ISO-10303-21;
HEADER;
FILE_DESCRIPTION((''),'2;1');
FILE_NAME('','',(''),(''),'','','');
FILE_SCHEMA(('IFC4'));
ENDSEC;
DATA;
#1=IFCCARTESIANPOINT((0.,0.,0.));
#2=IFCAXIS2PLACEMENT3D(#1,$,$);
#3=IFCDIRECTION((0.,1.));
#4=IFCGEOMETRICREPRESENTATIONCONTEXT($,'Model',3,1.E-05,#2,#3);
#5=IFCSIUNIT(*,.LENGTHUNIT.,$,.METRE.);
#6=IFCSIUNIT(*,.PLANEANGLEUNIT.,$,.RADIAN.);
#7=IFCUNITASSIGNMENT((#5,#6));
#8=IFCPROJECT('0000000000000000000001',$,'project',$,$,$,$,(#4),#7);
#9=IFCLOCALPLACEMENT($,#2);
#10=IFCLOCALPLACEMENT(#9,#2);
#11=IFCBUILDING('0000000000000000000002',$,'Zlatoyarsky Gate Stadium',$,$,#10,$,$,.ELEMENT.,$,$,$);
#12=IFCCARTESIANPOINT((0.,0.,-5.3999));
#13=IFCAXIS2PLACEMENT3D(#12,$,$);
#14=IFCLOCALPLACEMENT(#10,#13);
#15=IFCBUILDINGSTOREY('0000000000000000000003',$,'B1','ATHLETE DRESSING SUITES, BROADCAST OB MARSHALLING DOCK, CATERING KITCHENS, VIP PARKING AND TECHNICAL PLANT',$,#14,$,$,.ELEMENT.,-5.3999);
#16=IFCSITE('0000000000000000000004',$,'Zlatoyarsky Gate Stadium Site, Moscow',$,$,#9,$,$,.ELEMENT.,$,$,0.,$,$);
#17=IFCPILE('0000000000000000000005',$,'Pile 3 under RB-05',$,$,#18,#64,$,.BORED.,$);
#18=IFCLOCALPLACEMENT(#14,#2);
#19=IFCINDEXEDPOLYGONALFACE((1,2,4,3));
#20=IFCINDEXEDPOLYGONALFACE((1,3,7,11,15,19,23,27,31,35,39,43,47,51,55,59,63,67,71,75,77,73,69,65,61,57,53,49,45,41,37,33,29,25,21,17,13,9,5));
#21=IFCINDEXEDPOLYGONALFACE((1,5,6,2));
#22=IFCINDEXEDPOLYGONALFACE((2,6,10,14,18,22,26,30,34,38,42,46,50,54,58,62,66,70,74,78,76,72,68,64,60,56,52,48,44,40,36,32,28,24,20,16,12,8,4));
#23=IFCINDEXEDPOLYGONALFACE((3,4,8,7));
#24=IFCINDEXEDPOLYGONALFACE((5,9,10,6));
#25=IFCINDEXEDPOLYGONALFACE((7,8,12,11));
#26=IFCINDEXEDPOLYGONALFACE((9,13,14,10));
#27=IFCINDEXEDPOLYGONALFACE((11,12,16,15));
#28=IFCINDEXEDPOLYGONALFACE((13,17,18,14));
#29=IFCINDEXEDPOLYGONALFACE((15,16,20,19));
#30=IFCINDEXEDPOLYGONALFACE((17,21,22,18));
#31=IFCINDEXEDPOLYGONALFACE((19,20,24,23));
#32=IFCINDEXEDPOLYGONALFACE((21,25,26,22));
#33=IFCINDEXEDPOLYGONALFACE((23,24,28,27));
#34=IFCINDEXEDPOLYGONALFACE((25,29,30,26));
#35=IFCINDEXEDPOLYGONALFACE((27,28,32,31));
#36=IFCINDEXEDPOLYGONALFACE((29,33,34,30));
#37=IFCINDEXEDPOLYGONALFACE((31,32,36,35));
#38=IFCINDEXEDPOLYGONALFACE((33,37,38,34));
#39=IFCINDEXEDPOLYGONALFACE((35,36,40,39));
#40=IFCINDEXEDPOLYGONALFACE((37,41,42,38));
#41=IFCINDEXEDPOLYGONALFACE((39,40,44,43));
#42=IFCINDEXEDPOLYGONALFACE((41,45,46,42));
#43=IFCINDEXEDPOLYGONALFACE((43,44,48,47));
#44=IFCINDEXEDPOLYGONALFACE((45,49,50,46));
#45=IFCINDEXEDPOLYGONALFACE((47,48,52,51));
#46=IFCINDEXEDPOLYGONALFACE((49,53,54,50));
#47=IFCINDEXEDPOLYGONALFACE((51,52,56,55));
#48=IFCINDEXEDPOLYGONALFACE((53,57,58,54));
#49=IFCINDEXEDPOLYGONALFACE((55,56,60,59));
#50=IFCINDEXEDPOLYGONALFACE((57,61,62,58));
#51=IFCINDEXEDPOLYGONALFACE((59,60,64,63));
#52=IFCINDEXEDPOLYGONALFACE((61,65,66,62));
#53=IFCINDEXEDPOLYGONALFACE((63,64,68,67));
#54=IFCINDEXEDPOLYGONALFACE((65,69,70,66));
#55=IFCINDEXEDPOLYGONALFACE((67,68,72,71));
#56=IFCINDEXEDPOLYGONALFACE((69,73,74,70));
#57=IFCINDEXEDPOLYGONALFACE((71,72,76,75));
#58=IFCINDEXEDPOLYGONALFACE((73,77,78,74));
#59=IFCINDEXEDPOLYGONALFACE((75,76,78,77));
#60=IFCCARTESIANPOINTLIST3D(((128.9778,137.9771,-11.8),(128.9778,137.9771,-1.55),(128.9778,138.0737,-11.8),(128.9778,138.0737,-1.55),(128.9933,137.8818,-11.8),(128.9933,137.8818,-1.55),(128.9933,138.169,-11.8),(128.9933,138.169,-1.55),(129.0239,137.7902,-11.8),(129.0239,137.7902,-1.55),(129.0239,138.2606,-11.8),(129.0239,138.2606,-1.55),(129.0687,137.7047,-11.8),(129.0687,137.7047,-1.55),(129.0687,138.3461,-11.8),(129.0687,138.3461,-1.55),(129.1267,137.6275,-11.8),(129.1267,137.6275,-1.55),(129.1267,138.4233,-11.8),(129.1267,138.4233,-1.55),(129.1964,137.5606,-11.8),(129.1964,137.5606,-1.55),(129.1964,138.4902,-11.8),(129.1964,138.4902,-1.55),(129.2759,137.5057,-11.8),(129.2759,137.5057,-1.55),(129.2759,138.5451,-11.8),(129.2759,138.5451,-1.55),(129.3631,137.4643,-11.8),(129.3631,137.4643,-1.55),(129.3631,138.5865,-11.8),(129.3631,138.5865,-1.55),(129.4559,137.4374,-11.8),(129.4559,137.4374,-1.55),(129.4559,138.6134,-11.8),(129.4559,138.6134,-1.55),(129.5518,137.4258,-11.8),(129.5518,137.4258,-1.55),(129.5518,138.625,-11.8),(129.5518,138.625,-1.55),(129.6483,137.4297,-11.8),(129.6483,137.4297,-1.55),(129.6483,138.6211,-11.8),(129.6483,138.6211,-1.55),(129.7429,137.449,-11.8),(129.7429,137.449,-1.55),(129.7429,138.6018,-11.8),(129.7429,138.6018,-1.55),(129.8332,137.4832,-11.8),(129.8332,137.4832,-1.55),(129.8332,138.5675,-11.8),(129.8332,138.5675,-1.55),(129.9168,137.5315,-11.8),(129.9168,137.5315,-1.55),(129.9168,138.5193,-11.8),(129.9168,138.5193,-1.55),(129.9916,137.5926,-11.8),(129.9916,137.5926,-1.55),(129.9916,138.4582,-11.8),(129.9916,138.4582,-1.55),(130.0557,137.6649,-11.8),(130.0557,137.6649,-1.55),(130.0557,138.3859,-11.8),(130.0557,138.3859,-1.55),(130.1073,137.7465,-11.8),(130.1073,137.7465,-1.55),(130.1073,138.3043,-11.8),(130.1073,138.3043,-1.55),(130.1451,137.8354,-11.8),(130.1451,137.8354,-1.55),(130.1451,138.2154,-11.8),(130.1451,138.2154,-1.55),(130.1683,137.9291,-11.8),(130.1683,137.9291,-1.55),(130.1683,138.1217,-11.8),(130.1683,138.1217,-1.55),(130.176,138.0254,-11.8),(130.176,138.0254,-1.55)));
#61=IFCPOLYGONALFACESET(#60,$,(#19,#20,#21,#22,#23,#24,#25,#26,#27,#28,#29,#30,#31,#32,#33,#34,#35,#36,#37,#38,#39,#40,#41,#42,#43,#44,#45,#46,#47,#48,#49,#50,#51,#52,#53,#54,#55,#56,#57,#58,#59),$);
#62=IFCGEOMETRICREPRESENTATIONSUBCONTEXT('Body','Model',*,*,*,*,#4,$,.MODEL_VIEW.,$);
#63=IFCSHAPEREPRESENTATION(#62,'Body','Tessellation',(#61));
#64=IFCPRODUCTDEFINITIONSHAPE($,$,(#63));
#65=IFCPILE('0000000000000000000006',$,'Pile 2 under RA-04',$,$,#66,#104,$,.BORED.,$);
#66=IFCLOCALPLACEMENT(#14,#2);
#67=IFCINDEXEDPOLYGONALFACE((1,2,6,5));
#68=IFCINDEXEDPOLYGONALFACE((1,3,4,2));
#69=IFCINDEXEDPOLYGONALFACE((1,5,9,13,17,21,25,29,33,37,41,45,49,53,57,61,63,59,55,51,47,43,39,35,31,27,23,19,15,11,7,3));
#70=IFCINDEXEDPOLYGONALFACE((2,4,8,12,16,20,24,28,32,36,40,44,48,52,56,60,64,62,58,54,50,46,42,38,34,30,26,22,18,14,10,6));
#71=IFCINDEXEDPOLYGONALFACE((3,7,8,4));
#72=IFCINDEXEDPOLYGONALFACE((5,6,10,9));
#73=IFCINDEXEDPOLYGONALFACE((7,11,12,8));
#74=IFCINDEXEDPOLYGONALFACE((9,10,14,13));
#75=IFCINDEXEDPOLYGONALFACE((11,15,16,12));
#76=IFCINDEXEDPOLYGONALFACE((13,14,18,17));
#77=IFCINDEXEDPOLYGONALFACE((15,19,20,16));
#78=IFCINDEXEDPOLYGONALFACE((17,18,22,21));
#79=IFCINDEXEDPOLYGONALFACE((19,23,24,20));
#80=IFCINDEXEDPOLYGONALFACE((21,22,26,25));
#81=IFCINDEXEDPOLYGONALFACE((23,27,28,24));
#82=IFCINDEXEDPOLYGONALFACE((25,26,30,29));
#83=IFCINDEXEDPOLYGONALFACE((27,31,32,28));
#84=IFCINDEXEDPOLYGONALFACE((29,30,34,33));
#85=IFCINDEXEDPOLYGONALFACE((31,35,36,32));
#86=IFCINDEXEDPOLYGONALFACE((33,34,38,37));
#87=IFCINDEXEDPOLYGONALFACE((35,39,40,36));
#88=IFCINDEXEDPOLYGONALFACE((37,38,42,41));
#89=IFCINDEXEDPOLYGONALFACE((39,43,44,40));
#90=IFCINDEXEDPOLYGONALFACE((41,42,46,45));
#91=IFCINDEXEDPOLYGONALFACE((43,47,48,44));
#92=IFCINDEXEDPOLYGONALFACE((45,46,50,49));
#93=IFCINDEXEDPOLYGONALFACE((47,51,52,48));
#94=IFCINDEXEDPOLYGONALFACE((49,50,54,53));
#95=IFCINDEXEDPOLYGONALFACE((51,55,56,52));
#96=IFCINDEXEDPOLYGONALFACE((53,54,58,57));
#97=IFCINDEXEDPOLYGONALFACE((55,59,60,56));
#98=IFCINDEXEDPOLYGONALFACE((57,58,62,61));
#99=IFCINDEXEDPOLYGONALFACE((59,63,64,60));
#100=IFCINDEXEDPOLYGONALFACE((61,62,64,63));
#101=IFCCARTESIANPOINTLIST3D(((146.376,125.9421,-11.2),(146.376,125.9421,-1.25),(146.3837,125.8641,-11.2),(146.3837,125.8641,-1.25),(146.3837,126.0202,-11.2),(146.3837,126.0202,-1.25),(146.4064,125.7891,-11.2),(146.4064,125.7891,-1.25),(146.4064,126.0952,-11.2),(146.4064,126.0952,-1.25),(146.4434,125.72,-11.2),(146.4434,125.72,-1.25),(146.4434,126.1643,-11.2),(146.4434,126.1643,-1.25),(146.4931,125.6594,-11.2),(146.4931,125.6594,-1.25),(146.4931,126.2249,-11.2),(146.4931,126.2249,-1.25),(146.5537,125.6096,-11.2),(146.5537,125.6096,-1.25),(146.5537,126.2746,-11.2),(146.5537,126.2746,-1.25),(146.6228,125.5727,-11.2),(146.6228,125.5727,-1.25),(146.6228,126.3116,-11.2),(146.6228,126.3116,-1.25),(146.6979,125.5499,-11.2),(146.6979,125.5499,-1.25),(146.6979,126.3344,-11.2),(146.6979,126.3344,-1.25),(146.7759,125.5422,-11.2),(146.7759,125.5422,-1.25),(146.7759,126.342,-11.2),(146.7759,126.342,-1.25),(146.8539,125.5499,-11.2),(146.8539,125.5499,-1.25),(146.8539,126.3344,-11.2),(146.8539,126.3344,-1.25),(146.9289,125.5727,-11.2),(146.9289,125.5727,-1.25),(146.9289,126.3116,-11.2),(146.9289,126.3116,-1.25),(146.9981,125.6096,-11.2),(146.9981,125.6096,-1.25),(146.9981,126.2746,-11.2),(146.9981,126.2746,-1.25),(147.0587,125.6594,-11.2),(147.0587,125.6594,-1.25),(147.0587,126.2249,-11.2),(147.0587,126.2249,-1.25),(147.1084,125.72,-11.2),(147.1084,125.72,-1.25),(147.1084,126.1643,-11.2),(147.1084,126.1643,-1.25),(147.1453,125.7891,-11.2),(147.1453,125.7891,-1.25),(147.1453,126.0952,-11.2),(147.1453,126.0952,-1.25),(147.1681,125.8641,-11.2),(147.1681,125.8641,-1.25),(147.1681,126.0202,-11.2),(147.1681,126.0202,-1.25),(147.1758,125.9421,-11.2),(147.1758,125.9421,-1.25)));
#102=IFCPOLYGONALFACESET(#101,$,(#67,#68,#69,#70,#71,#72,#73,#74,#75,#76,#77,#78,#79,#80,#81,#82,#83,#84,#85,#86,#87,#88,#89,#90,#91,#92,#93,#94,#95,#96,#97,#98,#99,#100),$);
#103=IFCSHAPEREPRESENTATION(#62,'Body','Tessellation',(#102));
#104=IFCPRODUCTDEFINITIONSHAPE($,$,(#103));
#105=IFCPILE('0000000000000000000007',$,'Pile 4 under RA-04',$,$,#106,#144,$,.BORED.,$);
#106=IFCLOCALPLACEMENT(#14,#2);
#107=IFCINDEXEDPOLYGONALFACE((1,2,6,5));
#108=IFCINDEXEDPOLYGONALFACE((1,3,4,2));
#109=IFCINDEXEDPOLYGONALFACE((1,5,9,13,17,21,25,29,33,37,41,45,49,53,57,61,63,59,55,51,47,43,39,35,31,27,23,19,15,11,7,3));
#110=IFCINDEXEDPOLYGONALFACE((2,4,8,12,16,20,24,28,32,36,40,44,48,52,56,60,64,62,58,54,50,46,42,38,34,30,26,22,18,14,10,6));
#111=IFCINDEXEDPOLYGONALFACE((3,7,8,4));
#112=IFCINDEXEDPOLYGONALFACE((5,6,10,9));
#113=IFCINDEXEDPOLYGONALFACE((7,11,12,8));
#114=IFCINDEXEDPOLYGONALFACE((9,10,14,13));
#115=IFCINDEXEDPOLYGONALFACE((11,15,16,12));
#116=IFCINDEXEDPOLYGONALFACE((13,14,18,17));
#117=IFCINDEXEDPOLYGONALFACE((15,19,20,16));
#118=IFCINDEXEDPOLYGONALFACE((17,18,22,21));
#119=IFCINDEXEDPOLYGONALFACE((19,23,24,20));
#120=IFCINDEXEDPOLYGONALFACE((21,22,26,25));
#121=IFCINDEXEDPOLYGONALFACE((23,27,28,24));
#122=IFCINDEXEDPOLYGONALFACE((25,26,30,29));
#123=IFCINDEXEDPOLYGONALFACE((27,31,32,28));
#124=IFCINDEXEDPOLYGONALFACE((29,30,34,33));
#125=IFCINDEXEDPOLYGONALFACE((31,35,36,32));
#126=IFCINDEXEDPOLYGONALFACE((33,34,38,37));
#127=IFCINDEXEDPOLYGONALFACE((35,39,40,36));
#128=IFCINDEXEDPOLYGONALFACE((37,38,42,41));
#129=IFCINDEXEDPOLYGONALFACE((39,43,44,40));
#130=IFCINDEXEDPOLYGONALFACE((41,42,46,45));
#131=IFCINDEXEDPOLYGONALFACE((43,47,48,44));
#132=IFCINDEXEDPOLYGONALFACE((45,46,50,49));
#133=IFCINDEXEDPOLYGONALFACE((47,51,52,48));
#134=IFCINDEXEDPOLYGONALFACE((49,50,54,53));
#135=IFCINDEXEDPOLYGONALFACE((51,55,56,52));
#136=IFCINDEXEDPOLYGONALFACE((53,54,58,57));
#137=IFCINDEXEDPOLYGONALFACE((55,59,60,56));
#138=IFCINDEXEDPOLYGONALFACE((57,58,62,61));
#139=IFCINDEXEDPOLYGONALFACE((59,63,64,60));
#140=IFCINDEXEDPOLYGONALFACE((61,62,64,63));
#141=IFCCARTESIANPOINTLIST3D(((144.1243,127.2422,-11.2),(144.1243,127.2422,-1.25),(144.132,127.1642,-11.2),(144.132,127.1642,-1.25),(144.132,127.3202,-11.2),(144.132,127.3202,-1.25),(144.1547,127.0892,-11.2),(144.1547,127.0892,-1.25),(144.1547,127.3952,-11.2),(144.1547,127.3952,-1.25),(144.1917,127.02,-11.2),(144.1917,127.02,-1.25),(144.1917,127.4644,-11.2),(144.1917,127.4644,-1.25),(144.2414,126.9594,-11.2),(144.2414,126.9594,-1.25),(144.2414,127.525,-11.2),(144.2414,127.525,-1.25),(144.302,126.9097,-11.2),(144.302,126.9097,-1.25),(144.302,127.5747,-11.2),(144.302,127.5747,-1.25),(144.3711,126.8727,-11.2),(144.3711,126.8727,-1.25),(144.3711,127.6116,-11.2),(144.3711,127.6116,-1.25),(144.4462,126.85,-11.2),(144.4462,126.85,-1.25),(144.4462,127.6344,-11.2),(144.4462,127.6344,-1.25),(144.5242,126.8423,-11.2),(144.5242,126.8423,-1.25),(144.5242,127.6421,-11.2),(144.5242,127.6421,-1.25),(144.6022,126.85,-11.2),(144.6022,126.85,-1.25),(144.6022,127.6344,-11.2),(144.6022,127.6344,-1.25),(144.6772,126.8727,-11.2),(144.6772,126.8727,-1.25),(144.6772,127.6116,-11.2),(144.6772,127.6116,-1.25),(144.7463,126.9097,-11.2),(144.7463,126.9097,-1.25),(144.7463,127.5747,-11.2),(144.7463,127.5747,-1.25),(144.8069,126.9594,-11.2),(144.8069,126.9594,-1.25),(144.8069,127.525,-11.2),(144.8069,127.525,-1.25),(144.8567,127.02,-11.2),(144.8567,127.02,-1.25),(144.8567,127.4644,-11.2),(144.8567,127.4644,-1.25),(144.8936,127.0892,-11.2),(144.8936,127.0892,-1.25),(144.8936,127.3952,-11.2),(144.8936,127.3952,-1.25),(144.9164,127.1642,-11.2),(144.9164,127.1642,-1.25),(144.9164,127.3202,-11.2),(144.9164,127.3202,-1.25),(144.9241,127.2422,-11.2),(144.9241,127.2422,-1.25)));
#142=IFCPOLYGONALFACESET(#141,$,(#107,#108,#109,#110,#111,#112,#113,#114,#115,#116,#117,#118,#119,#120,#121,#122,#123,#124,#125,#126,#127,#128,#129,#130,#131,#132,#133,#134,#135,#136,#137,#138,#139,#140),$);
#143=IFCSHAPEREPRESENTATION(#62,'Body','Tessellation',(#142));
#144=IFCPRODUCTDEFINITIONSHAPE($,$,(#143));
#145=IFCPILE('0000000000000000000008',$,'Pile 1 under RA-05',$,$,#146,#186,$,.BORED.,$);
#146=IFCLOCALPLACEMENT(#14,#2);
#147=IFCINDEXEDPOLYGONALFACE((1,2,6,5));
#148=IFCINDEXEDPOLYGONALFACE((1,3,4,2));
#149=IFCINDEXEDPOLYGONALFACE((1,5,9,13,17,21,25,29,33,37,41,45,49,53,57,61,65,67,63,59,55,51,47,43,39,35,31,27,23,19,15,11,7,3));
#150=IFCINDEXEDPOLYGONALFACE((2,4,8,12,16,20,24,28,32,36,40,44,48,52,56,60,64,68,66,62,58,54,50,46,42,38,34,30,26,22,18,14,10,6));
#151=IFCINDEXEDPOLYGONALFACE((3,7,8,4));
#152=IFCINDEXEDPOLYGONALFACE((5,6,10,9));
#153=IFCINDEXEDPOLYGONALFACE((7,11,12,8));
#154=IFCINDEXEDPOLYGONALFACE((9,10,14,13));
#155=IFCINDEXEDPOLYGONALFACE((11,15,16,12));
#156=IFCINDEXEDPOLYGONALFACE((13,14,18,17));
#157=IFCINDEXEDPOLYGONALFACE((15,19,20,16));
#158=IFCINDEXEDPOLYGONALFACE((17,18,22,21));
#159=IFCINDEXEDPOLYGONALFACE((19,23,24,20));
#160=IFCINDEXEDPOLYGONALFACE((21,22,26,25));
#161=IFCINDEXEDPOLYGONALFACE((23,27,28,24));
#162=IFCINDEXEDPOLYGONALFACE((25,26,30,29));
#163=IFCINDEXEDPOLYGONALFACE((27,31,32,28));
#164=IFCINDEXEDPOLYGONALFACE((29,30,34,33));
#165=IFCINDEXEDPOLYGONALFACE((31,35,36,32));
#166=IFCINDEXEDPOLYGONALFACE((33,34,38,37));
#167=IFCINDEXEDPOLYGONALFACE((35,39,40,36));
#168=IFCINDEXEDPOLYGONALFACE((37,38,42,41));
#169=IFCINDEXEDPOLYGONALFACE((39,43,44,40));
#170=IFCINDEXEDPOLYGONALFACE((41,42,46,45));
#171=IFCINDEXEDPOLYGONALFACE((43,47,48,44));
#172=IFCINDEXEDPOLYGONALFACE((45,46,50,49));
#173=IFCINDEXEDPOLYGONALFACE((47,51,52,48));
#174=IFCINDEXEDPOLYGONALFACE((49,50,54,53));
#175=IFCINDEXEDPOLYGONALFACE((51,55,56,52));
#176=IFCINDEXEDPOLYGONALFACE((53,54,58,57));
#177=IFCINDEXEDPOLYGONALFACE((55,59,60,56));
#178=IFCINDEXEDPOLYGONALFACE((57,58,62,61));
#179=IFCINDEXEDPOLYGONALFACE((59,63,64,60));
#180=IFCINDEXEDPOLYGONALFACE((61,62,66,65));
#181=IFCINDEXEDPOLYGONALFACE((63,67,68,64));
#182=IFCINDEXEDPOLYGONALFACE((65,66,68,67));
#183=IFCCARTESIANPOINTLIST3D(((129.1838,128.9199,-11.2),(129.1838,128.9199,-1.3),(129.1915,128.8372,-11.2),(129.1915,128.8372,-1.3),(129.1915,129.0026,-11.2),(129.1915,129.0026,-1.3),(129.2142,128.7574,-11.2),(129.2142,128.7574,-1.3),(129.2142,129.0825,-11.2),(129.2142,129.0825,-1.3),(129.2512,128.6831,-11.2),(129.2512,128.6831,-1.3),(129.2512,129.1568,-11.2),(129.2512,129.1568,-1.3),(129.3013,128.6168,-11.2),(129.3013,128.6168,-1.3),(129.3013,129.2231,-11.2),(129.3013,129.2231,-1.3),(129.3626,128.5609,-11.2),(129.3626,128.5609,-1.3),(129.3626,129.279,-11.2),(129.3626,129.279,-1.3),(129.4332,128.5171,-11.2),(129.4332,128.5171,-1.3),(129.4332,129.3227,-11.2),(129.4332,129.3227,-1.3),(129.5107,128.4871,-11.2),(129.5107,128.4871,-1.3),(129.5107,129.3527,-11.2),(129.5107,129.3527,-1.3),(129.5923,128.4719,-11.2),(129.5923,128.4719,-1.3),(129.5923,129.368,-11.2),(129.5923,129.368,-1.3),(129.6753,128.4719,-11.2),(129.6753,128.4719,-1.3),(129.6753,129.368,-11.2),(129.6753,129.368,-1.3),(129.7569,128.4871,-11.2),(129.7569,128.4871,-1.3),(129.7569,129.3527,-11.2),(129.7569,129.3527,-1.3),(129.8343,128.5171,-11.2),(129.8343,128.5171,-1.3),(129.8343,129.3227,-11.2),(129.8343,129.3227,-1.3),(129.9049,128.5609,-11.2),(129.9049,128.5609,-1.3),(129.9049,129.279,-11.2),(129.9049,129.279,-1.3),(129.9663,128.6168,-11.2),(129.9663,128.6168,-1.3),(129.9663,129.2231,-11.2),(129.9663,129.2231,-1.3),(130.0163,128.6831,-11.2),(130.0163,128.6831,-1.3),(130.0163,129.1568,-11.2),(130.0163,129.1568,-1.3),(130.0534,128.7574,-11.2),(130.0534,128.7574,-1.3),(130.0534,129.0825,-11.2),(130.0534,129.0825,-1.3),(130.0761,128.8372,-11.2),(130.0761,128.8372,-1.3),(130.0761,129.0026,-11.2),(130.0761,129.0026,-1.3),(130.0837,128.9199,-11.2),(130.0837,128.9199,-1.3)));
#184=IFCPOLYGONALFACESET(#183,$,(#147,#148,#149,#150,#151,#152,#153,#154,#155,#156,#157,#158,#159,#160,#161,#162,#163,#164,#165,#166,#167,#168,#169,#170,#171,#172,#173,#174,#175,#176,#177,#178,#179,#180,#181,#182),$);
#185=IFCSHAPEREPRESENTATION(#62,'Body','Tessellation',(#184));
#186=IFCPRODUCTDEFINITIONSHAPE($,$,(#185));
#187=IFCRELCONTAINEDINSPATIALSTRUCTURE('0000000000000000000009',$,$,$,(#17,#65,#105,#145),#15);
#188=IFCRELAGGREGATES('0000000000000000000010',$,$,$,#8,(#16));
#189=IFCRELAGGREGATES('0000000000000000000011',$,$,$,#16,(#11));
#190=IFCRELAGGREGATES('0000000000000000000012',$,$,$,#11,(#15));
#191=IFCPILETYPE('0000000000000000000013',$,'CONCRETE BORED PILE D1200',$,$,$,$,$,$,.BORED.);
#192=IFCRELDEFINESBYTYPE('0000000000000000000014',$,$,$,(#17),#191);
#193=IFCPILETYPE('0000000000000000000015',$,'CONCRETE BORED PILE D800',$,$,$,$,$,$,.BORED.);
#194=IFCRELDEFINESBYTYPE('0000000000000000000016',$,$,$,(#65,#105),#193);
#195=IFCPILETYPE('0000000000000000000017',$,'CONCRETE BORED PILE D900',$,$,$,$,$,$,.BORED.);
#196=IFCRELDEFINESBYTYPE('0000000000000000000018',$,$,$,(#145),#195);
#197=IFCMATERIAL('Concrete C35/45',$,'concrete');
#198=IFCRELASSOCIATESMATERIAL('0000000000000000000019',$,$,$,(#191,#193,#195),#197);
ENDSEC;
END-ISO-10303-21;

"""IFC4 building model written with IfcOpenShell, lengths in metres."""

from ifc_helpers import new_model, si_unit, direction, frame, origin, origin_2d, place, context, subcontext, project, spatial, circle, extrude, material, material_profile, profile_set, type_object, element, save


model = new_model("IFC4")

# Units and contexts
model_context = context("Model", 3, precision=1e-05, world=origin(), true_north=direction((0.0, 1.0)))
body_context = subcontext(model_context, "Body", "Model", "MODEL_VIEW")
ifc_project = project(units=[si_unit("LENGTHUNIT", "METRE"), si_unit("PLANEANGLEUNIT", "RADIAN")], contexts=[model_context])

# Site, building, storey
site_placement = place(None, origin())
site = spatial("IfcSite", under=ifc_project, at=site_placement, Name="Zlatoyarsky Gate Stadium Site, Moscow", CompositionType="ELEMENT", RefElevation=0.0)
building_placement = place(site_placement, origin())
building = spatial("IfcBuilding", under=site, at=building_placement, Name="Zlatoyarsky Gate Stadium", CompositionType="ELEMENT")
storey_placement = place(building_placement, frame((0.0, 0.0, -5.3999)))
storey = spatial("IfcBuildingStorey", under=building, at=storey_placement, Name="B1", Description="ATHLETE DRESSING SUITES, BROADCAST OB MARSHALLING DOCK, CATERING KITCHENS, VIP PARKING AND TECHNICAL PLANT", CompositionType="ELEMENT", Elevation=-5.3999)

# Piles
ifc_material_1 = material(Name="Concrete C35/45", Category="concrete")
ifc_material_profile_1 = material_profile(ifc_material_1, circle(Radius=0.6001, at=origin_2d()), Name="BORED PILE D1200")
ifc_profile_set_1 = profile_set([ifc_material_profile_1], Name="Concrete C35/45")
pile_type_1 = type_object("IfcPileType", Name="CONCRETE BORED PILE D1200", PredefinedType="BORED", material=ifc_profile_set_1)
for number, where, z_axis, x_axis, name in (
    (1, (129.5759, 138.0254, -1.55), (0.0, 0.0, -1.0), (1.0, 0.0, 0.0), "Pile 3 under RB-05"),
):
    element("IfcPile", number, at=place(storey_placement, frame(where, z_axis=z_axis, x_axis=x_axis)), inside=storey, type_object=pile_type_1, Name=name, PredefinedType="BORED", context=body_context, shape_type="SweptSolid", body=[
        extrude(circle(Radius=0.6001, at=origin_2d()), origin(), (0.0, 0.0, 1.0), 10.25),
    ])
ifc_material_profile_2 = material_profile(ifc_material_1, circle(Radius=0.3999, at=origin_2d()), Name="BORED PILE D800")
ifc_profile_set_2 = profile_set([ifc_material_profile_2], Name="Concrete C35/45")
pile_type_2 = type_object("IfcPileType", Name="CONCRETE BORED PILE D800", PredefinedType="BORED", material=ifc_profile_set_2)
for number, where, z_axis, x_axis, name in (
    (2, (146.7759, 125.9421, -1.25), (0.0, 0.0, -1.0), (1.0, 0.0, 0.0), "Pile 2 under RA-04"),
    (3, (144.5242, 127.2422, -1.25), (0.0, 0.0, -1.0), (1.0, 0.0, 0.0), "Pile 4 under RA-04"),
):
    element("IfcPile", number, at=place(storey_placement, frame(where, z_axis=z_axis, x_axis=x_axis)), inside=storey, type_object=pile_type_2, Name=name, PredefinedType="BORED", context=body_context, shape_type="SweptSolid", body=[
        extrude(circle(Radius=0.3999, at=origin_2d()), origin(), (0.0, 0.0, 1.0), 9.95),
    ])
ifc_material_profile_3 = material_profile(ifc_material_1, circle(Radius=0.45, at=origin_2d()), Name="BORED PILE D900")
ifc_profile_set_3 = profile_set([ifc_material_profile_3], Name="Concrete C35/45")
pile_type_3 = type_object("IfcPileType", Name="CONCRETE BORED PILE D900", PredefinedType="BORED", material=ifc_profile_set_3)
for number, where, z_axis, x_axis, name in (
    (4, (129.6338, 128.9199, -1.3), (0.0, 0.0, -1.0), (1.0, 0.0, 0.0), "Pile 1 under RA-05"),
):
    element("IfcPile", number, at=place(storey_placement, frame(where, z_axis=z_axis, x_axis=x_axis)), inside=storey, type_object=pile_type_3, Name=name, PredefinedType="BORED", context=body_context, shape_type="SweptSolid", body=[
        extrude(circle(Radius=0.45, at=origin_2d()), origin(), (0.0, 0.0, 1.0), 9.8999),
    ])

save(model, "model.ifc")
